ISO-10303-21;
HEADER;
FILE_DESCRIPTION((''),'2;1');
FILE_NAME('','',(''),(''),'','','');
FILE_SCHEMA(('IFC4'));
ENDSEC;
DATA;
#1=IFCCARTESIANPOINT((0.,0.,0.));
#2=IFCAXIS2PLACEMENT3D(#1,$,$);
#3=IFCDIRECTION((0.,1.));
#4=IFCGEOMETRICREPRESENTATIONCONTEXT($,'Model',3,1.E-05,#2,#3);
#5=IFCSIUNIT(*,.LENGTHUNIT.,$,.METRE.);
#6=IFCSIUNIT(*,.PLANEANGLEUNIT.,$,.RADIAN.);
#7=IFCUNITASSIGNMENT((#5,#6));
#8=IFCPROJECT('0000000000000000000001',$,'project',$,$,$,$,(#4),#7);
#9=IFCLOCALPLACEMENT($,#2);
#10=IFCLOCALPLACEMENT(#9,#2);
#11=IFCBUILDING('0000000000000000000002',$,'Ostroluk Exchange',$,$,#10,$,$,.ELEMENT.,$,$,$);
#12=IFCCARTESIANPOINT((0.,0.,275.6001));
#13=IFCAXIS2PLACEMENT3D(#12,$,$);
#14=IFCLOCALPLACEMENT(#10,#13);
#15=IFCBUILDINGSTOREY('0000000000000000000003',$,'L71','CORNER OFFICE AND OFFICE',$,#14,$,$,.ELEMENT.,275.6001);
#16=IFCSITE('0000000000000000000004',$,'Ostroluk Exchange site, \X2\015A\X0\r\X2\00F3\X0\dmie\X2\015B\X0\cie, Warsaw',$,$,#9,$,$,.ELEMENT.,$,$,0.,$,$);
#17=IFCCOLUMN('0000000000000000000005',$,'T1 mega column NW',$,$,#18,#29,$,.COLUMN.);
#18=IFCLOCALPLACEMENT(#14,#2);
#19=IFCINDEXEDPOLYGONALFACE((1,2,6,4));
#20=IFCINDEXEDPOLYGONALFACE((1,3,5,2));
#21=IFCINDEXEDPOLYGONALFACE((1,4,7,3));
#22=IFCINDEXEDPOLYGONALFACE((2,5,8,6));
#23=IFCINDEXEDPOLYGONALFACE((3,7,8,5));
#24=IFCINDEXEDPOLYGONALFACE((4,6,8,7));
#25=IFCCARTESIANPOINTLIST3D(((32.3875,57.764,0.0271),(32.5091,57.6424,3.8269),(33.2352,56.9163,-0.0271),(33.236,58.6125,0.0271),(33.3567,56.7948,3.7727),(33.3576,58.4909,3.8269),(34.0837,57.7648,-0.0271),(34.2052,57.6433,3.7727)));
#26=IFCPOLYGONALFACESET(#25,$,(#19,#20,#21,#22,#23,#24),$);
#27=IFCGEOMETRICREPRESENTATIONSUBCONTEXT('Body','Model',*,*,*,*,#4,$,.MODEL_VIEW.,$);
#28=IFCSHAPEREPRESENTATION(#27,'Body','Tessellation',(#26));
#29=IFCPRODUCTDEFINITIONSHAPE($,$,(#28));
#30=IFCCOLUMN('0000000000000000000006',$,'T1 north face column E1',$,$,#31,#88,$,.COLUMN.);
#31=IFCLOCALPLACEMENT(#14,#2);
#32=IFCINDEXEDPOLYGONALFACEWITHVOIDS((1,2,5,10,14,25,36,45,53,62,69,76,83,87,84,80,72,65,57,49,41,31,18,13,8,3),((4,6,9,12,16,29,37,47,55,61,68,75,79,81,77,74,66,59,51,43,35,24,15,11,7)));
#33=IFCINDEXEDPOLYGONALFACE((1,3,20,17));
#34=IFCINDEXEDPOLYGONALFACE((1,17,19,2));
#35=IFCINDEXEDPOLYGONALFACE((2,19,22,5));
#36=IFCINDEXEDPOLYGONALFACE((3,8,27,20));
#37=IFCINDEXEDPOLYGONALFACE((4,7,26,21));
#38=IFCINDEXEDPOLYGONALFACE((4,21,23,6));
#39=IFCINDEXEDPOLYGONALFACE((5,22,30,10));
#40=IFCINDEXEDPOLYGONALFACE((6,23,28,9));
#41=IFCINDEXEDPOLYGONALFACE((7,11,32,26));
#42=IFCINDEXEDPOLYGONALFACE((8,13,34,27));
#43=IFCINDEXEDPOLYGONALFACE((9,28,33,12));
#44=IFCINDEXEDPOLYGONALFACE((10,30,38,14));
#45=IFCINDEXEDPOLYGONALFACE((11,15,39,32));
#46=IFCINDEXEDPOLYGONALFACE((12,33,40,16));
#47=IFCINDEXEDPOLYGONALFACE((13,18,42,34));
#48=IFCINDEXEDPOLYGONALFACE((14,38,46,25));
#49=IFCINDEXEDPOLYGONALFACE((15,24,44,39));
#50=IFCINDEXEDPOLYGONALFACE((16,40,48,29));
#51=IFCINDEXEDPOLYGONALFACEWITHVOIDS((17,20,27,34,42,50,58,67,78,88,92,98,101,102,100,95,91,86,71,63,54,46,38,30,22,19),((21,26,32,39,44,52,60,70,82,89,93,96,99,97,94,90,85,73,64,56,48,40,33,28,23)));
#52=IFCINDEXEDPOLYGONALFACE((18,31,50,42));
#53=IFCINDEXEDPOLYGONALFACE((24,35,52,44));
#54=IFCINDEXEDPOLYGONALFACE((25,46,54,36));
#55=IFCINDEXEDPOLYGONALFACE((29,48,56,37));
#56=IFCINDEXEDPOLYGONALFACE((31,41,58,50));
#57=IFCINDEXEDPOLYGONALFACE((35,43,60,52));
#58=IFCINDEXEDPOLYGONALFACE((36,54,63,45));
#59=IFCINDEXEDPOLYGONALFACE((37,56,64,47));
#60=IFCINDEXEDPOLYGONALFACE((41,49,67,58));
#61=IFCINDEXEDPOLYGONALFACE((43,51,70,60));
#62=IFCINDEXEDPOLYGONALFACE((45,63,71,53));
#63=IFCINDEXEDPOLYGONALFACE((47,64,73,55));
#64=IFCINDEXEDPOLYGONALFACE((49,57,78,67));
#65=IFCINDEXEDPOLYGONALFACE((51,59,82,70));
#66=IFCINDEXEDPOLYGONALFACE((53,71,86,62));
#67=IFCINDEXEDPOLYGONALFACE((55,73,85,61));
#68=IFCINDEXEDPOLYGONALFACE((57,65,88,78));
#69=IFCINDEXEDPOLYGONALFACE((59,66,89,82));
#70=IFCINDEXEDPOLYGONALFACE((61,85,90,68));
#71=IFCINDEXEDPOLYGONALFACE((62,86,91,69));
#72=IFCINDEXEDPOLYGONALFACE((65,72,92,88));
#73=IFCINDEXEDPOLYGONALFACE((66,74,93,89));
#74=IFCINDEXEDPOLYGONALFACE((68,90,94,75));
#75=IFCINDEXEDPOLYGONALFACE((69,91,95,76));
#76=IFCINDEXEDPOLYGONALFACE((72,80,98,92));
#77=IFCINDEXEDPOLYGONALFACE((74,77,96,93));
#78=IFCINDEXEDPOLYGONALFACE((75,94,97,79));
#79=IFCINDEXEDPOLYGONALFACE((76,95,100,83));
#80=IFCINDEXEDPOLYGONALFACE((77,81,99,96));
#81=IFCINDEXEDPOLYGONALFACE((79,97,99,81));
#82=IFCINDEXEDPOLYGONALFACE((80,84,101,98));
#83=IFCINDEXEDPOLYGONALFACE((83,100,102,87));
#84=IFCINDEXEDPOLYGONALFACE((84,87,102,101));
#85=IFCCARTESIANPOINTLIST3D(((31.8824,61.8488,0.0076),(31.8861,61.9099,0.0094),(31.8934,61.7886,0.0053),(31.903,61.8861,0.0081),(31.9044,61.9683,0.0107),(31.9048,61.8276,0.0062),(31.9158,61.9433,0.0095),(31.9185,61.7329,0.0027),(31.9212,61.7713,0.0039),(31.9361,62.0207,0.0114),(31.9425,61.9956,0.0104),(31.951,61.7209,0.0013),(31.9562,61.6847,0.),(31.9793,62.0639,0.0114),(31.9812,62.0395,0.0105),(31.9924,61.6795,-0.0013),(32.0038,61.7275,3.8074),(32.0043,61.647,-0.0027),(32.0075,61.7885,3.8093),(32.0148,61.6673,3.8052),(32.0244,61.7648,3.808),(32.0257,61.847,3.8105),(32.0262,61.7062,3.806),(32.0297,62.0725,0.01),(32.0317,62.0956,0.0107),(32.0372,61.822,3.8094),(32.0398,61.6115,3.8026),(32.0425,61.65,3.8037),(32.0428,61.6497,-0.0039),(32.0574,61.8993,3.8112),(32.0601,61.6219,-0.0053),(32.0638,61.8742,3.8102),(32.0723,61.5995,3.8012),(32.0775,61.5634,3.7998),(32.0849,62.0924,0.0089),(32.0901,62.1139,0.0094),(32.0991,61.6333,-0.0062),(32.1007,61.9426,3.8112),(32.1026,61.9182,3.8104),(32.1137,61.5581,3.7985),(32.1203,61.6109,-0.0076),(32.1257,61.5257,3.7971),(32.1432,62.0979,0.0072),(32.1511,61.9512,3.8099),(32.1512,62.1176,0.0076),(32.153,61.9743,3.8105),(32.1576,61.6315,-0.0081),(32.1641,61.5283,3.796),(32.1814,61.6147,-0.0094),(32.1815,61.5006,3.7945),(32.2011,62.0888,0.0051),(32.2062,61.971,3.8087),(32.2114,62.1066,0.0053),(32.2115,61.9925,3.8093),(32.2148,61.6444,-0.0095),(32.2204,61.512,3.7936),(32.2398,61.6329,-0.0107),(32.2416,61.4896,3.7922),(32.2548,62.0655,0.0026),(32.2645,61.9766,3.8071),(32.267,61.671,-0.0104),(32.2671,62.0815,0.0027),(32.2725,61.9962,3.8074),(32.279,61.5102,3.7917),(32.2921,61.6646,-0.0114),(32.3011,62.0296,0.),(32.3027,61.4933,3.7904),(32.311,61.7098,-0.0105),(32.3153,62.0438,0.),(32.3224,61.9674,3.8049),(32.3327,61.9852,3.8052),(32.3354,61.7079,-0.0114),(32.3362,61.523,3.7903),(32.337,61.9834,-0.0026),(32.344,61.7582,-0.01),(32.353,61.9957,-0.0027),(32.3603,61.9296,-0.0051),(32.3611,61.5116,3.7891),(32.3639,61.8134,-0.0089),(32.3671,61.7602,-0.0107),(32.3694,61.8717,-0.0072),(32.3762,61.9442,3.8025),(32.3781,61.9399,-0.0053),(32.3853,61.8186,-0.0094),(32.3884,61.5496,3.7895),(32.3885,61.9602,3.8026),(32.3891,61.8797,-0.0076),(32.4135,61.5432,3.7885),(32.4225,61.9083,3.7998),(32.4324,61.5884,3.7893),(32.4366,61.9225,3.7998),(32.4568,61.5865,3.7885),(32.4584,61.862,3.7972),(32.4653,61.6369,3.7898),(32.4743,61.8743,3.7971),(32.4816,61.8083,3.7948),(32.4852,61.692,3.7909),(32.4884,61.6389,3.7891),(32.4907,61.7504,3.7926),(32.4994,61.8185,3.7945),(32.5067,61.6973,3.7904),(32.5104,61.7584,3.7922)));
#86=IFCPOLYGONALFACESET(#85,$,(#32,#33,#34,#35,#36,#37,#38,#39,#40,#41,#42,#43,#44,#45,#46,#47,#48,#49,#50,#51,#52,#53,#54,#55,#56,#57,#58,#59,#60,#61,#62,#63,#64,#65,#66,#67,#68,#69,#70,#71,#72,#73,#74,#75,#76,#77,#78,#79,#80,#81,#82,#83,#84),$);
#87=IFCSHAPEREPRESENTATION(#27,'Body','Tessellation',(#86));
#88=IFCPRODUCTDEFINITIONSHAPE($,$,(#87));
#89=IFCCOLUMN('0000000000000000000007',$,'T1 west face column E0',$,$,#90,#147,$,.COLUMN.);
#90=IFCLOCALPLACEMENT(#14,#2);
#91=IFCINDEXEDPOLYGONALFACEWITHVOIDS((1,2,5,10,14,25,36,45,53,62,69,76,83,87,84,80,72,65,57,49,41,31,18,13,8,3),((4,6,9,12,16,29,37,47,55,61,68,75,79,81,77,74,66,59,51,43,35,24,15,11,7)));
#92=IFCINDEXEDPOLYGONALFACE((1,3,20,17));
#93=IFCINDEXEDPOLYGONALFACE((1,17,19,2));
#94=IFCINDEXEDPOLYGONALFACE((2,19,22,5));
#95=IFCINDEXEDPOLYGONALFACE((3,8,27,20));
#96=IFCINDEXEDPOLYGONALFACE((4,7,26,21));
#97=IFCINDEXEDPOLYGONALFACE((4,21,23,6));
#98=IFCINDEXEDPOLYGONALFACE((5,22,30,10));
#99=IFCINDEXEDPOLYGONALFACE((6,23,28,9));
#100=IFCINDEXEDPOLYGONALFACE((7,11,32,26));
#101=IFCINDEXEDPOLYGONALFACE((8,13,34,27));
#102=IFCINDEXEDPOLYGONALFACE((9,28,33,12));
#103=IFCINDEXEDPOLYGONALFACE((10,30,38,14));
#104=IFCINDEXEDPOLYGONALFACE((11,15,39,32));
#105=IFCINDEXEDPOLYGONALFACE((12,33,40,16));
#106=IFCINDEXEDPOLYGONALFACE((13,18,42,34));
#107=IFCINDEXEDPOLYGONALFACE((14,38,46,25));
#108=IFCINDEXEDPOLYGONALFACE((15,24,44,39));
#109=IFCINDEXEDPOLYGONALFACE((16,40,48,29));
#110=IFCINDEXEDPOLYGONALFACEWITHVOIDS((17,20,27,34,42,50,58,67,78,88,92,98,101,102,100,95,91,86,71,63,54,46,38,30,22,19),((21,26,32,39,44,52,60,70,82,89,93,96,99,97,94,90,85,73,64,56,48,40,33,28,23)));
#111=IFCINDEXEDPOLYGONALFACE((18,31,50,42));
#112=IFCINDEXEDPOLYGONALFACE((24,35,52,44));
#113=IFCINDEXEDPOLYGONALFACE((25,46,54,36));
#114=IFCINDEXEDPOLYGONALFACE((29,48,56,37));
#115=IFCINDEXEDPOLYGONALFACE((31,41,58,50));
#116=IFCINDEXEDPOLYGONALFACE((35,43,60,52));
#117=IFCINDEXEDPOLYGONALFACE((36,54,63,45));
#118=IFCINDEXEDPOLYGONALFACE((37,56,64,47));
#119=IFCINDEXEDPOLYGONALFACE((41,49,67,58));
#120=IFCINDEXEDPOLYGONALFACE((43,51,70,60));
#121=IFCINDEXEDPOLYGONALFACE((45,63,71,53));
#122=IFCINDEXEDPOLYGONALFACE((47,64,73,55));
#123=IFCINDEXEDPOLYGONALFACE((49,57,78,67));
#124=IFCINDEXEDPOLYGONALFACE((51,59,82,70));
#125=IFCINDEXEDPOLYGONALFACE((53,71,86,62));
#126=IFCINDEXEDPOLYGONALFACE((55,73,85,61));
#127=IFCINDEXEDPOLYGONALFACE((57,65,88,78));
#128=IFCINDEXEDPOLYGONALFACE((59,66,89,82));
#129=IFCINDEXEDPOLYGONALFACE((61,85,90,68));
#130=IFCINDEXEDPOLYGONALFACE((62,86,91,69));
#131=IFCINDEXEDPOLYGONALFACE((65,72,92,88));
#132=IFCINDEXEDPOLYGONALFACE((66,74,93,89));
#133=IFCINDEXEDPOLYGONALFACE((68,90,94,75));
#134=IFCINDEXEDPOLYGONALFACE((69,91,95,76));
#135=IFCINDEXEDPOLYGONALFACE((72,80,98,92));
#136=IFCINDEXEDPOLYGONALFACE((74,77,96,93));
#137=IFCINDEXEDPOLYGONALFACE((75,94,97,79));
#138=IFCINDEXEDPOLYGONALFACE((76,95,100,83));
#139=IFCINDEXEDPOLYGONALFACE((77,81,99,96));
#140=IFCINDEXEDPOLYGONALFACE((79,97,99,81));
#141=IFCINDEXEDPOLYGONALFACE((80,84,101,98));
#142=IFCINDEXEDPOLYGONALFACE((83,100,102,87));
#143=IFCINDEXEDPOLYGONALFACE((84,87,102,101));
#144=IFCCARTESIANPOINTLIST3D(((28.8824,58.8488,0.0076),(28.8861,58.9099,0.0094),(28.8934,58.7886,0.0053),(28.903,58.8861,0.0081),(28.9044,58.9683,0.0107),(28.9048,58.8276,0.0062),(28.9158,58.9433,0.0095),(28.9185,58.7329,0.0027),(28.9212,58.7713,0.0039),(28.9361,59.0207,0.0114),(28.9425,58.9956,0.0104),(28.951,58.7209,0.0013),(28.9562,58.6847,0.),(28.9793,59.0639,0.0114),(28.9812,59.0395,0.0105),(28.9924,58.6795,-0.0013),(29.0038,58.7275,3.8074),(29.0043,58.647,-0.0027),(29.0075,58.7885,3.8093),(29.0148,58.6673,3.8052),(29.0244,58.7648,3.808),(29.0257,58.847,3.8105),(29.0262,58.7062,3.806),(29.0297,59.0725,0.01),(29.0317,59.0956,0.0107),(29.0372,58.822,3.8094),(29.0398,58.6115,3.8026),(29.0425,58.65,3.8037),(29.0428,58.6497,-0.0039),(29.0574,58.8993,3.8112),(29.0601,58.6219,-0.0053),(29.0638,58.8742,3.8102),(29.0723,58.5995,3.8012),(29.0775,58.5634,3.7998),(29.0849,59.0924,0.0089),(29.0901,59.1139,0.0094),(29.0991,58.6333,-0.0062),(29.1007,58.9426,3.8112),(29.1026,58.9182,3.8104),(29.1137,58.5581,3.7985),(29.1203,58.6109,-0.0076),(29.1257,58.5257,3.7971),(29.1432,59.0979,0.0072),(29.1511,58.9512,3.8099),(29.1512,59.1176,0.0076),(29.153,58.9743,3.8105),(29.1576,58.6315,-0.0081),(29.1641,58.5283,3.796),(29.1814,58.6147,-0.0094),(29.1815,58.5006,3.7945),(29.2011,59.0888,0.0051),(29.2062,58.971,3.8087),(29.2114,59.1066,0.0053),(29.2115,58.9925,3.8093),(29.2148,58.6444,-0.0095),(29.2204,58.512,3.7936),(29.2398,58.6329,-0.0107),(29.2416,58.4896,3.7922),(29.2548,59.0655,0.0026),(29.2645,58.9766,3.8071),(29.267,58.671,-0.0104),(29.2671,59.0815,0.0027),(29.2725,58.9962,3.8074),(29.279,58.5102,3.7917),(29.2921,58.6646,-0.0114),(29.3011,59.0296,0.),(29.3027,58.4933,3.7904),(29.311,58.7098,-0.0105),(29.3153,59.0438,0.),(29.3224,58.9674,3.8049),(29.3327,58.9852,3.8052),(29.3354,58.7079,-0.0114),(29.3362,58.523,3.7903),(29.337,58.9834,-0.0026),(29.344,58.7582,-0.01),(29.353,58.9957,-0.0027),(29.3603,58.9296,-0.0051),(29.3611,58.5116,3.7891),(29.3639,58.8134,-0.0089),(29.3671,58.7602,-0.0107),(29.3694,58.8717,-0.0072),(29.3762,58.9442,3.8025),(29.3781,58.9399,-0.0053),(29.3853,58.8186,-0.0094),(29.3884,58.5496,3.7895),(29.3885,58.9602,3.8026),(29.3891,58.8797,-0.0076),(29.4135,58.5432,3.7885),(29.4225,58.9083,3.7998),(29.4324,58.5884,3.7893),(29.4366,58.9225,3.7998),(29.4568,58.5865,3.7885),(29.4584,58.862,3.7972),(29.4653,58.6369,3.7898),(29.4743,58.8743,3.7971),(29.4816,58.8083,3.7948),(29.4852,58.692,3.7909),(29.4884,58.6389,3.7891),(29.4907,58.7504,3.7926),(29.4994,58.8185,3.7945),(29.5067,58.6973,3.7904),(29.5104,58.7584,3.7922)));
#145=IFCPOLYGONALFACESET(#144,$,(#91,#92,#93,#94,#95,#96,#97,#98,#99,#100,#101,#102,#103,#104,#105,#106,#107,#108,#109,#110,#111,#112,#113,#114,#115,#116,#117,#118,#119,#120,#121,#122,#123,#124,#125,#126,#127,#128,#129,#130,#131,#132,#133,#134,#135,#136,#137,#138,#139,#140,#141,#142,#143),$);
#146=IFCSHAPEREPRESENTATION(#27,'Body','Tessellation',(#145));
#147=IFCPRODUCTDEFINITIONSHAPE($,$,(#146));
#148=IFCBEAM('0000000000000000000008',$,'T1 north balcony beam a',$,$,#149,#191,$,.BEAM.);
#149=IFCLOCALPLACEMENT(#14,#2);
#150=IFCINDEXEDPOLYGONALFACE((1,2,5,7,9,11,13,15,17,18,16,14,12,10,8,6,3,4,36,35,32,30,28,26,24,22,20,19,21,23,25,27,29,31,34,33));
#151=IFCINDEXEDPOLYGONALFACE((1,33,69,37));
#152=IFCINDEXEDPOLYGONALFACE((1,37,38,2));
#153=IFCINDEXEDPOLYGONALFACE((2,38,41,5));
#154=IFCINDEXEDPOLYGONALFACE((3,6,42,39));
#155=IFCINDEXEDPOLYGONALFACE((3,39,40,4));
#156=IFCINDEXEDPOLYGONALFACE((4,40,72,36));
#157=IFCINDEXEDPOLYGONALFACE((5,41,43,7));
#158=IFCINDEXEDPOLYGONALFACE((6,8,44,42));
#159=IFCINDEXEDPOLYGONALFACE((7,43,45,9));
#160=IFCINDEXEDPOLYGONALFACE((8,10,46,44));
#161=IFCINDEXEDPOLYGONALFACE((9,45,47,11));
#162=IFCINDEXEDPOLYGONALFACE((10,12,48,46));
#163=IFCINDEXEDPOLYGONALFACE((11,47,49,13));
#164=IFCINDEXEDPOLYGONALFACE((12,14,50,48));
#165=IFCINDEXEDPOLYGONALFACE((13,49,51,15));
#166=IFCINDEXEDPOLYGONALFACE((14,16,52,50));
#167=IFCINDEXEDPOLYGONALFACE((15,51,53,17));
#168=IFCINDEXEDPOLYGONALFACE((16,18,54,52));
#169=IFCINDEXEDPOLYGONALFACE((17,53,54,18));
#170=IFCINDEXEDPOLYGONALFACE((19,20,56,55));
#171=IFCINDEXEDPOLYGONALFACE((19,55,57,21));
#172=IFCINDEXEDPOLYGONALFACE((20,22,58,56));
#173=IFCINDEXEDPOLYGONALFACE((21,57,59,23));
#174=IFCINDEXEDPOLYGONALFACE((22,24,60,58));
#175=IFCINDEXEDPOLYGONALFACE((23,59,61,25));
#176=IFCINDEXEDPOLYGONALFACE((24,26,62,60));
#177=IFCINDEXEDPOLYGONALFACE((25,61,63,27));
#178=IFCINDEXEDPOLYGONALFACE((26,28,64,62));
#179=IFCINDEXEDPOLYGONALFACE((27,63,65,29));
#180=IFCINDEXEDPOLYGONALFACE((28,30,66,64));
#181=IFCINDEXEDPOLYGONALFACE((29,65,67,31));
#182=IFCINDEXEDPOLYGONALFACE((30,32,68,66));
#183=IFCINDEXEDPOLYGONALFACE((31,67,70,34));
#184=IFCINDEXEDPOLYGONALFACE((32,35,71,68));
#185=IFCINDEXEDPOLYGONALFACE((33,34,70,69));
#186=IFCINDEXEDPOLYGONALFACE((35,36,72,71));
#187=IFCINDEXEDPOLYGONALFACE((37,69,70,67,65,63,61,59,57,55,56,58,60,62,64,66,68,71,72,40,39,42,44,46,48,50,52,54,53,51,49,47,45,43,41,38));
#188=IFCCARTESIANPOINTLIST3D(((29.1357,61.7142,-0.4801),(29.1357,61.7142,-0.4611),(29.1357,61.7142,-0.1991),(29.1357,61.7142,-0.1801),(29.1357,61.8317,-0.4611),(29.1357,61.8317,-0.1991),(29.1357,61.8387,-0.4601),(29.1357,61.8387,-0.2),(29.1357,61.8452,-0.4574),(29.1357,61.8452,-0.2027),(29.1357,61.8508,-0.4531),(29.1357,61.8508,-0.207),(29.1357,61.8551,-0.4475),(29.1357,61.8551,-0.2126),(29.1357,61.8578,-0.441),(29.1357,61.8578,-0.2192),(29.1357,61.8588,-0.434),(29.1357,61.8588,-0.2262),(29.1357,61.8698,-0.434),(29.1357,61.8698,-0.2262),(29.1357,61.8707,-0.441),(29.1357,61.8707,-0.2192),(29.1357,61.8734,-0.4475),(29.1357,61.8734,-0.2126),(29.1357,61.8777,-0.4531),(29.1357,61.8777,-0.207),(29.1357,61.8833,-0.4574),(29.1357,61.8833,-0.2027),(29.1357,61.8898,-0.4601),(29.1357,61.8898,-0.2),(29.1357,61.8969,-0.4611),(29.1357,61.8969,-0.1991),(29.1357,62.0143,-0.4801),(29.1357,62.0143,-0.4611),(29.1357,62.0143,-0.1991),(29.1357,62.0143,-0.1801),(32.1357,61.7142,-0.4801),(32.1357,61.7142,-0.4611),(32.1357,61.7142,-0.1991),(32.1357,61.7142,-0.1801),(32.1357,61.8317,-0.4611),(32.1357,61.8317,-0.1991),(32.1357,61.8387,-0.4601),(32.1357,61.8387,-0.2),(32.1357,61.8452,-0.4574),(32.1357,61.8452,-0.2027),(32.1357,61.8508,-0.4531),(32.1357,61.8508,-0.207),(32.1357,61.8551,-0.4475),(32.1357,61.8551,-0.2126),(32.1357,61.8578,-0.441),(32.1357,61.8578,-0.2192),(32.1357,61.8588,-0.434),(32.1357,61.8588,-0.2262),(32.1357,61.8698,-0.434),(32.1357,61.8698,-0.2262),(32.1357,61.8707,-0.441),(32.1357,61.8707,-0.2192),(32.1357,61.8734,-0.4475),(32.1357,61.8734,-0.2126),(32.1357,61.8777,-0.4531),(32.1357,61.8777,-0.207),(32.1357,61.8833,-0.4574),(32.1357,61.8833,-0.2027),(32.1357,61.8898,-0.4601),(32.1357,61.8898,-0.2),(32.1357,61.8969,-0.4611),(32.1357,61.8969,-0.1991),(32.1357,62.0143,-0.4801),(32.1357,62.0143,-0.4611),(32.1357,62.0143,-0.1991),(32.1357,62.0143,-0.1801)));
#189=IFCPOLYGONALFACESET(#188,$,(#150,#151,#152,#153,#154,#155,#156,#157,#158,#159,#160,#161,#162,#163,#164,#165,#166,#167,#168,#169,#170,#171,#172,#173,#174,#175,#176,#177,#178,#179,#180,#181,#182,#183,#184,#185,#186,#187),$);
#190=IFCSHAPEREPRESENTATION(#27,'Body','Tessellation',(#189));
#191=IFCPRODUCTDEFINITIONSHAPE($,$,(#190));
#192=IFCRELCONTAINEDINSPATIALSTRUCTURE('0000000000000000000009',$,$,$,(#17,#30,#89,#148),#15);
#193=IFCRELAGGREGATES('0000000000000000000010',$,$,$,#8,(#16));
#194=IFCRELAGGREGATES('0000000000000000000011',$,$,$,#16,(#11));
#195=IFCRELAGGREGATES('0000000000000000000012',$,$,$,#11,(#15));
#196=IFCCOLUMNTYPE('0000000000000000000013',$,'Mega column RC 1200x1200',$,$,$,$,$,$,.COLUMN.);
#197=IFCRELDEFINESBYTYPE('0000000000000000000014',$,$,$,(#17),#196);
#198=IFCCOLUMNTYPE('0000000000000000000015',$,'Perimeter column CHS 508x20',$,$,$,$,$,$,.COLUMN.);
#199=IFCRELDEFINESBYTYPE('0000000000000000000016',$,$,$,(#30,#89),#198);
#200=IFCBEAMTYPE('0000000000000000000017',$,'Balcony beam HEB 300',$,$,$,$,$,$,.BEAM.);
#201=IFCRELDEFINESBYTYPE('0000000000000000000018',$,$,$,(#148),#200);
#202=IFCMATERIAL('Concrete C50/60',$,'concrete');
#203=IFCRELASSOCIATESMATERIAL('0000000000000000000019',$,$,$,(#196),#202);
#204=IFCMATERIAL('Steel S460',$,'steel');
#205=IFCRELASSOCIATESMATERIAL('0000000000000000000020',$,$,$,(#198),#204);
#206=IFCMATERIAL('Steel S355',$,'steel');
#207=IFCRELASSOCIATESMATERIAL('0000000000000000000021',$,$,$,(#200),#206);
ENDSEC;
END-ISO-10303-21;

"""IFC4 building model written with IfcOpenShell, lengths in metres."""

from ifc_helpers import new_model, si_unit, direction, frame, origin, origin_2d, place, context, subcontext, project, spatial, rectangle, hollow_circle, i_section, extrude, material, material_profile, profile_set, type_object, element, save


model = new_model("IFC4")

# Units and contexts
model_context = context("Model", 3, precision=1e-05, world=origin(), true_north=direction((0.0, 1.0)))
body_context = subcontext(model_context, "Body", "Model", "MODEL_VIEW")
ifc_project = project(units=[si_unit("LENGTHUNIT", "METRE"), si_unit("PLANEANGLEUNIT", "RADIAN")], contexts=[model_context])

# Site, building, storey
site_placement = place(None, origin())
site = spatial("IfcSite", under=ifc_project, at=site_placement, Name="Ostroluk Exchange site, Śródmieście, Warsaw", CompositionType="ELEMENT", RefElevation=0.0)
building_placement = place(site_placement, origin())
building = spatial("IfcBuilding", under=site, at=building_placement, Name="Ostroluk Exchange", CompositionType="ELEMENT")
storey_placement = place(building_placement, frame((0.0, 0.0, 275.6001)))
storey = spatial("IfcBuildingStorey", under=building, at=storey_placement, Name="L71", Description="CORNER OFFICE AND OFFICE", CompositionType="ELEMENT", Elevation=275.6001)

# Columns
ifc_material_1 = material(Name="Concrete C50/60", Category="concrete")
ifc_material_profile_1 = material_profile(ifc_material_1, rectangle(XDim=1.2, YDim=1.2, at=origin_2d()), Name="RC 1200x1200")
ifc_profile_set_1 = profile_set([ifc_material_profile_1], Name="Concrete C50/60")
column_type_1 = type_object("IfcColumnType", Name="Mega column RC 1200x1200", PredefinedType="COLUMN", material=ifc_profile_set_1)
column_placement = place(storey_placement, frame((33.2356, 57.7644, 0.0), z_axis=(0.031964, -0.031964, 0.998978), x_axis=(0.707107, 0.707107, 0.0)))
element("IfcColumn", 1, at=column_placement, inside=storey, type_object=column_type_1, Name="T1 mega column NW", PredefinedType="COLUMN", context=body_context, shape_type="SweptSolid", body=[
    extrude(rectangle(XDim=1.2, YDim=1.2, at=origin_2d()), origin(), (0.0, 0.0, 1.0), 3.8037),
])
ifc_material_2 = material(Name="Steel S460", Category="steel")
ifc_material_profile_2 = material_profile(ifc_material_2, hollow_circle(Radius=0.2539, WallThickness=0.02, at=origin_2d()), Name="CHS 508x20")
ifc_profile_set_2 = profile_set([ifc_material_profile_2], Name="Steel S460")
column_type_2 = type_object("IfcColumnType", Name="Perimeter column CHS 508x20", PredefinedType="COLUMN", material=ifc_profile_set_2)
for number, where, z_axis, x_axis, name in (
    (2, (32.1357, 61.8643, 0.0), (0.0319, -0.0319, 0.998982), (0.707107, 0.707107, 0.0), "T1 north face column E1"),
    (3, (29.1357, 58.8643, 0.0), (0.0319, -0.0319, 0.998982), (0.707107, 0.707107, 0.0), "T1 west face column E0"),
):
    element("IfcColumn", number, at=place(storey_placement, frame(where, z_axis=z_axis, x_axis=x_axis)), inside=storey, type_object=column_type_2, Name=name, PredefinedType="COLUMN", context=body_context, shape_type="SweptSolid", body=[
        extrude(hollow_circle(Radius=0.2539, WallThickness=0.02, at=origin_2d()), origin(), (0.0, 0.0, 1.0), 3.8037),
    ])

# Beam
ifc_material_3 = material(Name="Steel S355", Category="steel")
ifc_material_profile_3 = material_profile(ifc_material_3, i_section(OverallWidth=0.3, OverallDepth=0.3, WebThickness=0.011, FlangeThickness=0.019, FilletRadius=0.0271, at=origin_2d()), Name="HEB 300")
ifc_profile_set_3 = profile_set([ifc_material_profile_3], Name="Steel S355")
beam_type_1 = type_object("IfcBeamType", Name="Balcony beam HEB 300", PredefinedType="BEAM", material=ifc_profile_set_3)
for number, where, z_axis, x_axis, name in (
    (4, (32.1357, 61.8643, -0.3301), (-1.0, 0.0, 0.0), (0.0, -1.0, 0.0), "T1 north balcony beam a"),
):
    element("IfcBeam", number, at=place(storey_placement, frame(where, z_axis=z_axis, x_axis=x_axis)), inside=storey, type_object=beam_type_1, Name=name, PredefinedType="BEAM", context=body_context, shape_type="SweptSolid", body=[
        extrude(i_section(OverallWidth=0.3, OverallDepth=0.3, WebThickness=0.011, FlangeThickness=0.019, FilletRadius=0.0271, at=origin_2d()), origin(), (0.0, 0.0, 1.0), 3.0),
    ])

save(model, "model.ifc")
